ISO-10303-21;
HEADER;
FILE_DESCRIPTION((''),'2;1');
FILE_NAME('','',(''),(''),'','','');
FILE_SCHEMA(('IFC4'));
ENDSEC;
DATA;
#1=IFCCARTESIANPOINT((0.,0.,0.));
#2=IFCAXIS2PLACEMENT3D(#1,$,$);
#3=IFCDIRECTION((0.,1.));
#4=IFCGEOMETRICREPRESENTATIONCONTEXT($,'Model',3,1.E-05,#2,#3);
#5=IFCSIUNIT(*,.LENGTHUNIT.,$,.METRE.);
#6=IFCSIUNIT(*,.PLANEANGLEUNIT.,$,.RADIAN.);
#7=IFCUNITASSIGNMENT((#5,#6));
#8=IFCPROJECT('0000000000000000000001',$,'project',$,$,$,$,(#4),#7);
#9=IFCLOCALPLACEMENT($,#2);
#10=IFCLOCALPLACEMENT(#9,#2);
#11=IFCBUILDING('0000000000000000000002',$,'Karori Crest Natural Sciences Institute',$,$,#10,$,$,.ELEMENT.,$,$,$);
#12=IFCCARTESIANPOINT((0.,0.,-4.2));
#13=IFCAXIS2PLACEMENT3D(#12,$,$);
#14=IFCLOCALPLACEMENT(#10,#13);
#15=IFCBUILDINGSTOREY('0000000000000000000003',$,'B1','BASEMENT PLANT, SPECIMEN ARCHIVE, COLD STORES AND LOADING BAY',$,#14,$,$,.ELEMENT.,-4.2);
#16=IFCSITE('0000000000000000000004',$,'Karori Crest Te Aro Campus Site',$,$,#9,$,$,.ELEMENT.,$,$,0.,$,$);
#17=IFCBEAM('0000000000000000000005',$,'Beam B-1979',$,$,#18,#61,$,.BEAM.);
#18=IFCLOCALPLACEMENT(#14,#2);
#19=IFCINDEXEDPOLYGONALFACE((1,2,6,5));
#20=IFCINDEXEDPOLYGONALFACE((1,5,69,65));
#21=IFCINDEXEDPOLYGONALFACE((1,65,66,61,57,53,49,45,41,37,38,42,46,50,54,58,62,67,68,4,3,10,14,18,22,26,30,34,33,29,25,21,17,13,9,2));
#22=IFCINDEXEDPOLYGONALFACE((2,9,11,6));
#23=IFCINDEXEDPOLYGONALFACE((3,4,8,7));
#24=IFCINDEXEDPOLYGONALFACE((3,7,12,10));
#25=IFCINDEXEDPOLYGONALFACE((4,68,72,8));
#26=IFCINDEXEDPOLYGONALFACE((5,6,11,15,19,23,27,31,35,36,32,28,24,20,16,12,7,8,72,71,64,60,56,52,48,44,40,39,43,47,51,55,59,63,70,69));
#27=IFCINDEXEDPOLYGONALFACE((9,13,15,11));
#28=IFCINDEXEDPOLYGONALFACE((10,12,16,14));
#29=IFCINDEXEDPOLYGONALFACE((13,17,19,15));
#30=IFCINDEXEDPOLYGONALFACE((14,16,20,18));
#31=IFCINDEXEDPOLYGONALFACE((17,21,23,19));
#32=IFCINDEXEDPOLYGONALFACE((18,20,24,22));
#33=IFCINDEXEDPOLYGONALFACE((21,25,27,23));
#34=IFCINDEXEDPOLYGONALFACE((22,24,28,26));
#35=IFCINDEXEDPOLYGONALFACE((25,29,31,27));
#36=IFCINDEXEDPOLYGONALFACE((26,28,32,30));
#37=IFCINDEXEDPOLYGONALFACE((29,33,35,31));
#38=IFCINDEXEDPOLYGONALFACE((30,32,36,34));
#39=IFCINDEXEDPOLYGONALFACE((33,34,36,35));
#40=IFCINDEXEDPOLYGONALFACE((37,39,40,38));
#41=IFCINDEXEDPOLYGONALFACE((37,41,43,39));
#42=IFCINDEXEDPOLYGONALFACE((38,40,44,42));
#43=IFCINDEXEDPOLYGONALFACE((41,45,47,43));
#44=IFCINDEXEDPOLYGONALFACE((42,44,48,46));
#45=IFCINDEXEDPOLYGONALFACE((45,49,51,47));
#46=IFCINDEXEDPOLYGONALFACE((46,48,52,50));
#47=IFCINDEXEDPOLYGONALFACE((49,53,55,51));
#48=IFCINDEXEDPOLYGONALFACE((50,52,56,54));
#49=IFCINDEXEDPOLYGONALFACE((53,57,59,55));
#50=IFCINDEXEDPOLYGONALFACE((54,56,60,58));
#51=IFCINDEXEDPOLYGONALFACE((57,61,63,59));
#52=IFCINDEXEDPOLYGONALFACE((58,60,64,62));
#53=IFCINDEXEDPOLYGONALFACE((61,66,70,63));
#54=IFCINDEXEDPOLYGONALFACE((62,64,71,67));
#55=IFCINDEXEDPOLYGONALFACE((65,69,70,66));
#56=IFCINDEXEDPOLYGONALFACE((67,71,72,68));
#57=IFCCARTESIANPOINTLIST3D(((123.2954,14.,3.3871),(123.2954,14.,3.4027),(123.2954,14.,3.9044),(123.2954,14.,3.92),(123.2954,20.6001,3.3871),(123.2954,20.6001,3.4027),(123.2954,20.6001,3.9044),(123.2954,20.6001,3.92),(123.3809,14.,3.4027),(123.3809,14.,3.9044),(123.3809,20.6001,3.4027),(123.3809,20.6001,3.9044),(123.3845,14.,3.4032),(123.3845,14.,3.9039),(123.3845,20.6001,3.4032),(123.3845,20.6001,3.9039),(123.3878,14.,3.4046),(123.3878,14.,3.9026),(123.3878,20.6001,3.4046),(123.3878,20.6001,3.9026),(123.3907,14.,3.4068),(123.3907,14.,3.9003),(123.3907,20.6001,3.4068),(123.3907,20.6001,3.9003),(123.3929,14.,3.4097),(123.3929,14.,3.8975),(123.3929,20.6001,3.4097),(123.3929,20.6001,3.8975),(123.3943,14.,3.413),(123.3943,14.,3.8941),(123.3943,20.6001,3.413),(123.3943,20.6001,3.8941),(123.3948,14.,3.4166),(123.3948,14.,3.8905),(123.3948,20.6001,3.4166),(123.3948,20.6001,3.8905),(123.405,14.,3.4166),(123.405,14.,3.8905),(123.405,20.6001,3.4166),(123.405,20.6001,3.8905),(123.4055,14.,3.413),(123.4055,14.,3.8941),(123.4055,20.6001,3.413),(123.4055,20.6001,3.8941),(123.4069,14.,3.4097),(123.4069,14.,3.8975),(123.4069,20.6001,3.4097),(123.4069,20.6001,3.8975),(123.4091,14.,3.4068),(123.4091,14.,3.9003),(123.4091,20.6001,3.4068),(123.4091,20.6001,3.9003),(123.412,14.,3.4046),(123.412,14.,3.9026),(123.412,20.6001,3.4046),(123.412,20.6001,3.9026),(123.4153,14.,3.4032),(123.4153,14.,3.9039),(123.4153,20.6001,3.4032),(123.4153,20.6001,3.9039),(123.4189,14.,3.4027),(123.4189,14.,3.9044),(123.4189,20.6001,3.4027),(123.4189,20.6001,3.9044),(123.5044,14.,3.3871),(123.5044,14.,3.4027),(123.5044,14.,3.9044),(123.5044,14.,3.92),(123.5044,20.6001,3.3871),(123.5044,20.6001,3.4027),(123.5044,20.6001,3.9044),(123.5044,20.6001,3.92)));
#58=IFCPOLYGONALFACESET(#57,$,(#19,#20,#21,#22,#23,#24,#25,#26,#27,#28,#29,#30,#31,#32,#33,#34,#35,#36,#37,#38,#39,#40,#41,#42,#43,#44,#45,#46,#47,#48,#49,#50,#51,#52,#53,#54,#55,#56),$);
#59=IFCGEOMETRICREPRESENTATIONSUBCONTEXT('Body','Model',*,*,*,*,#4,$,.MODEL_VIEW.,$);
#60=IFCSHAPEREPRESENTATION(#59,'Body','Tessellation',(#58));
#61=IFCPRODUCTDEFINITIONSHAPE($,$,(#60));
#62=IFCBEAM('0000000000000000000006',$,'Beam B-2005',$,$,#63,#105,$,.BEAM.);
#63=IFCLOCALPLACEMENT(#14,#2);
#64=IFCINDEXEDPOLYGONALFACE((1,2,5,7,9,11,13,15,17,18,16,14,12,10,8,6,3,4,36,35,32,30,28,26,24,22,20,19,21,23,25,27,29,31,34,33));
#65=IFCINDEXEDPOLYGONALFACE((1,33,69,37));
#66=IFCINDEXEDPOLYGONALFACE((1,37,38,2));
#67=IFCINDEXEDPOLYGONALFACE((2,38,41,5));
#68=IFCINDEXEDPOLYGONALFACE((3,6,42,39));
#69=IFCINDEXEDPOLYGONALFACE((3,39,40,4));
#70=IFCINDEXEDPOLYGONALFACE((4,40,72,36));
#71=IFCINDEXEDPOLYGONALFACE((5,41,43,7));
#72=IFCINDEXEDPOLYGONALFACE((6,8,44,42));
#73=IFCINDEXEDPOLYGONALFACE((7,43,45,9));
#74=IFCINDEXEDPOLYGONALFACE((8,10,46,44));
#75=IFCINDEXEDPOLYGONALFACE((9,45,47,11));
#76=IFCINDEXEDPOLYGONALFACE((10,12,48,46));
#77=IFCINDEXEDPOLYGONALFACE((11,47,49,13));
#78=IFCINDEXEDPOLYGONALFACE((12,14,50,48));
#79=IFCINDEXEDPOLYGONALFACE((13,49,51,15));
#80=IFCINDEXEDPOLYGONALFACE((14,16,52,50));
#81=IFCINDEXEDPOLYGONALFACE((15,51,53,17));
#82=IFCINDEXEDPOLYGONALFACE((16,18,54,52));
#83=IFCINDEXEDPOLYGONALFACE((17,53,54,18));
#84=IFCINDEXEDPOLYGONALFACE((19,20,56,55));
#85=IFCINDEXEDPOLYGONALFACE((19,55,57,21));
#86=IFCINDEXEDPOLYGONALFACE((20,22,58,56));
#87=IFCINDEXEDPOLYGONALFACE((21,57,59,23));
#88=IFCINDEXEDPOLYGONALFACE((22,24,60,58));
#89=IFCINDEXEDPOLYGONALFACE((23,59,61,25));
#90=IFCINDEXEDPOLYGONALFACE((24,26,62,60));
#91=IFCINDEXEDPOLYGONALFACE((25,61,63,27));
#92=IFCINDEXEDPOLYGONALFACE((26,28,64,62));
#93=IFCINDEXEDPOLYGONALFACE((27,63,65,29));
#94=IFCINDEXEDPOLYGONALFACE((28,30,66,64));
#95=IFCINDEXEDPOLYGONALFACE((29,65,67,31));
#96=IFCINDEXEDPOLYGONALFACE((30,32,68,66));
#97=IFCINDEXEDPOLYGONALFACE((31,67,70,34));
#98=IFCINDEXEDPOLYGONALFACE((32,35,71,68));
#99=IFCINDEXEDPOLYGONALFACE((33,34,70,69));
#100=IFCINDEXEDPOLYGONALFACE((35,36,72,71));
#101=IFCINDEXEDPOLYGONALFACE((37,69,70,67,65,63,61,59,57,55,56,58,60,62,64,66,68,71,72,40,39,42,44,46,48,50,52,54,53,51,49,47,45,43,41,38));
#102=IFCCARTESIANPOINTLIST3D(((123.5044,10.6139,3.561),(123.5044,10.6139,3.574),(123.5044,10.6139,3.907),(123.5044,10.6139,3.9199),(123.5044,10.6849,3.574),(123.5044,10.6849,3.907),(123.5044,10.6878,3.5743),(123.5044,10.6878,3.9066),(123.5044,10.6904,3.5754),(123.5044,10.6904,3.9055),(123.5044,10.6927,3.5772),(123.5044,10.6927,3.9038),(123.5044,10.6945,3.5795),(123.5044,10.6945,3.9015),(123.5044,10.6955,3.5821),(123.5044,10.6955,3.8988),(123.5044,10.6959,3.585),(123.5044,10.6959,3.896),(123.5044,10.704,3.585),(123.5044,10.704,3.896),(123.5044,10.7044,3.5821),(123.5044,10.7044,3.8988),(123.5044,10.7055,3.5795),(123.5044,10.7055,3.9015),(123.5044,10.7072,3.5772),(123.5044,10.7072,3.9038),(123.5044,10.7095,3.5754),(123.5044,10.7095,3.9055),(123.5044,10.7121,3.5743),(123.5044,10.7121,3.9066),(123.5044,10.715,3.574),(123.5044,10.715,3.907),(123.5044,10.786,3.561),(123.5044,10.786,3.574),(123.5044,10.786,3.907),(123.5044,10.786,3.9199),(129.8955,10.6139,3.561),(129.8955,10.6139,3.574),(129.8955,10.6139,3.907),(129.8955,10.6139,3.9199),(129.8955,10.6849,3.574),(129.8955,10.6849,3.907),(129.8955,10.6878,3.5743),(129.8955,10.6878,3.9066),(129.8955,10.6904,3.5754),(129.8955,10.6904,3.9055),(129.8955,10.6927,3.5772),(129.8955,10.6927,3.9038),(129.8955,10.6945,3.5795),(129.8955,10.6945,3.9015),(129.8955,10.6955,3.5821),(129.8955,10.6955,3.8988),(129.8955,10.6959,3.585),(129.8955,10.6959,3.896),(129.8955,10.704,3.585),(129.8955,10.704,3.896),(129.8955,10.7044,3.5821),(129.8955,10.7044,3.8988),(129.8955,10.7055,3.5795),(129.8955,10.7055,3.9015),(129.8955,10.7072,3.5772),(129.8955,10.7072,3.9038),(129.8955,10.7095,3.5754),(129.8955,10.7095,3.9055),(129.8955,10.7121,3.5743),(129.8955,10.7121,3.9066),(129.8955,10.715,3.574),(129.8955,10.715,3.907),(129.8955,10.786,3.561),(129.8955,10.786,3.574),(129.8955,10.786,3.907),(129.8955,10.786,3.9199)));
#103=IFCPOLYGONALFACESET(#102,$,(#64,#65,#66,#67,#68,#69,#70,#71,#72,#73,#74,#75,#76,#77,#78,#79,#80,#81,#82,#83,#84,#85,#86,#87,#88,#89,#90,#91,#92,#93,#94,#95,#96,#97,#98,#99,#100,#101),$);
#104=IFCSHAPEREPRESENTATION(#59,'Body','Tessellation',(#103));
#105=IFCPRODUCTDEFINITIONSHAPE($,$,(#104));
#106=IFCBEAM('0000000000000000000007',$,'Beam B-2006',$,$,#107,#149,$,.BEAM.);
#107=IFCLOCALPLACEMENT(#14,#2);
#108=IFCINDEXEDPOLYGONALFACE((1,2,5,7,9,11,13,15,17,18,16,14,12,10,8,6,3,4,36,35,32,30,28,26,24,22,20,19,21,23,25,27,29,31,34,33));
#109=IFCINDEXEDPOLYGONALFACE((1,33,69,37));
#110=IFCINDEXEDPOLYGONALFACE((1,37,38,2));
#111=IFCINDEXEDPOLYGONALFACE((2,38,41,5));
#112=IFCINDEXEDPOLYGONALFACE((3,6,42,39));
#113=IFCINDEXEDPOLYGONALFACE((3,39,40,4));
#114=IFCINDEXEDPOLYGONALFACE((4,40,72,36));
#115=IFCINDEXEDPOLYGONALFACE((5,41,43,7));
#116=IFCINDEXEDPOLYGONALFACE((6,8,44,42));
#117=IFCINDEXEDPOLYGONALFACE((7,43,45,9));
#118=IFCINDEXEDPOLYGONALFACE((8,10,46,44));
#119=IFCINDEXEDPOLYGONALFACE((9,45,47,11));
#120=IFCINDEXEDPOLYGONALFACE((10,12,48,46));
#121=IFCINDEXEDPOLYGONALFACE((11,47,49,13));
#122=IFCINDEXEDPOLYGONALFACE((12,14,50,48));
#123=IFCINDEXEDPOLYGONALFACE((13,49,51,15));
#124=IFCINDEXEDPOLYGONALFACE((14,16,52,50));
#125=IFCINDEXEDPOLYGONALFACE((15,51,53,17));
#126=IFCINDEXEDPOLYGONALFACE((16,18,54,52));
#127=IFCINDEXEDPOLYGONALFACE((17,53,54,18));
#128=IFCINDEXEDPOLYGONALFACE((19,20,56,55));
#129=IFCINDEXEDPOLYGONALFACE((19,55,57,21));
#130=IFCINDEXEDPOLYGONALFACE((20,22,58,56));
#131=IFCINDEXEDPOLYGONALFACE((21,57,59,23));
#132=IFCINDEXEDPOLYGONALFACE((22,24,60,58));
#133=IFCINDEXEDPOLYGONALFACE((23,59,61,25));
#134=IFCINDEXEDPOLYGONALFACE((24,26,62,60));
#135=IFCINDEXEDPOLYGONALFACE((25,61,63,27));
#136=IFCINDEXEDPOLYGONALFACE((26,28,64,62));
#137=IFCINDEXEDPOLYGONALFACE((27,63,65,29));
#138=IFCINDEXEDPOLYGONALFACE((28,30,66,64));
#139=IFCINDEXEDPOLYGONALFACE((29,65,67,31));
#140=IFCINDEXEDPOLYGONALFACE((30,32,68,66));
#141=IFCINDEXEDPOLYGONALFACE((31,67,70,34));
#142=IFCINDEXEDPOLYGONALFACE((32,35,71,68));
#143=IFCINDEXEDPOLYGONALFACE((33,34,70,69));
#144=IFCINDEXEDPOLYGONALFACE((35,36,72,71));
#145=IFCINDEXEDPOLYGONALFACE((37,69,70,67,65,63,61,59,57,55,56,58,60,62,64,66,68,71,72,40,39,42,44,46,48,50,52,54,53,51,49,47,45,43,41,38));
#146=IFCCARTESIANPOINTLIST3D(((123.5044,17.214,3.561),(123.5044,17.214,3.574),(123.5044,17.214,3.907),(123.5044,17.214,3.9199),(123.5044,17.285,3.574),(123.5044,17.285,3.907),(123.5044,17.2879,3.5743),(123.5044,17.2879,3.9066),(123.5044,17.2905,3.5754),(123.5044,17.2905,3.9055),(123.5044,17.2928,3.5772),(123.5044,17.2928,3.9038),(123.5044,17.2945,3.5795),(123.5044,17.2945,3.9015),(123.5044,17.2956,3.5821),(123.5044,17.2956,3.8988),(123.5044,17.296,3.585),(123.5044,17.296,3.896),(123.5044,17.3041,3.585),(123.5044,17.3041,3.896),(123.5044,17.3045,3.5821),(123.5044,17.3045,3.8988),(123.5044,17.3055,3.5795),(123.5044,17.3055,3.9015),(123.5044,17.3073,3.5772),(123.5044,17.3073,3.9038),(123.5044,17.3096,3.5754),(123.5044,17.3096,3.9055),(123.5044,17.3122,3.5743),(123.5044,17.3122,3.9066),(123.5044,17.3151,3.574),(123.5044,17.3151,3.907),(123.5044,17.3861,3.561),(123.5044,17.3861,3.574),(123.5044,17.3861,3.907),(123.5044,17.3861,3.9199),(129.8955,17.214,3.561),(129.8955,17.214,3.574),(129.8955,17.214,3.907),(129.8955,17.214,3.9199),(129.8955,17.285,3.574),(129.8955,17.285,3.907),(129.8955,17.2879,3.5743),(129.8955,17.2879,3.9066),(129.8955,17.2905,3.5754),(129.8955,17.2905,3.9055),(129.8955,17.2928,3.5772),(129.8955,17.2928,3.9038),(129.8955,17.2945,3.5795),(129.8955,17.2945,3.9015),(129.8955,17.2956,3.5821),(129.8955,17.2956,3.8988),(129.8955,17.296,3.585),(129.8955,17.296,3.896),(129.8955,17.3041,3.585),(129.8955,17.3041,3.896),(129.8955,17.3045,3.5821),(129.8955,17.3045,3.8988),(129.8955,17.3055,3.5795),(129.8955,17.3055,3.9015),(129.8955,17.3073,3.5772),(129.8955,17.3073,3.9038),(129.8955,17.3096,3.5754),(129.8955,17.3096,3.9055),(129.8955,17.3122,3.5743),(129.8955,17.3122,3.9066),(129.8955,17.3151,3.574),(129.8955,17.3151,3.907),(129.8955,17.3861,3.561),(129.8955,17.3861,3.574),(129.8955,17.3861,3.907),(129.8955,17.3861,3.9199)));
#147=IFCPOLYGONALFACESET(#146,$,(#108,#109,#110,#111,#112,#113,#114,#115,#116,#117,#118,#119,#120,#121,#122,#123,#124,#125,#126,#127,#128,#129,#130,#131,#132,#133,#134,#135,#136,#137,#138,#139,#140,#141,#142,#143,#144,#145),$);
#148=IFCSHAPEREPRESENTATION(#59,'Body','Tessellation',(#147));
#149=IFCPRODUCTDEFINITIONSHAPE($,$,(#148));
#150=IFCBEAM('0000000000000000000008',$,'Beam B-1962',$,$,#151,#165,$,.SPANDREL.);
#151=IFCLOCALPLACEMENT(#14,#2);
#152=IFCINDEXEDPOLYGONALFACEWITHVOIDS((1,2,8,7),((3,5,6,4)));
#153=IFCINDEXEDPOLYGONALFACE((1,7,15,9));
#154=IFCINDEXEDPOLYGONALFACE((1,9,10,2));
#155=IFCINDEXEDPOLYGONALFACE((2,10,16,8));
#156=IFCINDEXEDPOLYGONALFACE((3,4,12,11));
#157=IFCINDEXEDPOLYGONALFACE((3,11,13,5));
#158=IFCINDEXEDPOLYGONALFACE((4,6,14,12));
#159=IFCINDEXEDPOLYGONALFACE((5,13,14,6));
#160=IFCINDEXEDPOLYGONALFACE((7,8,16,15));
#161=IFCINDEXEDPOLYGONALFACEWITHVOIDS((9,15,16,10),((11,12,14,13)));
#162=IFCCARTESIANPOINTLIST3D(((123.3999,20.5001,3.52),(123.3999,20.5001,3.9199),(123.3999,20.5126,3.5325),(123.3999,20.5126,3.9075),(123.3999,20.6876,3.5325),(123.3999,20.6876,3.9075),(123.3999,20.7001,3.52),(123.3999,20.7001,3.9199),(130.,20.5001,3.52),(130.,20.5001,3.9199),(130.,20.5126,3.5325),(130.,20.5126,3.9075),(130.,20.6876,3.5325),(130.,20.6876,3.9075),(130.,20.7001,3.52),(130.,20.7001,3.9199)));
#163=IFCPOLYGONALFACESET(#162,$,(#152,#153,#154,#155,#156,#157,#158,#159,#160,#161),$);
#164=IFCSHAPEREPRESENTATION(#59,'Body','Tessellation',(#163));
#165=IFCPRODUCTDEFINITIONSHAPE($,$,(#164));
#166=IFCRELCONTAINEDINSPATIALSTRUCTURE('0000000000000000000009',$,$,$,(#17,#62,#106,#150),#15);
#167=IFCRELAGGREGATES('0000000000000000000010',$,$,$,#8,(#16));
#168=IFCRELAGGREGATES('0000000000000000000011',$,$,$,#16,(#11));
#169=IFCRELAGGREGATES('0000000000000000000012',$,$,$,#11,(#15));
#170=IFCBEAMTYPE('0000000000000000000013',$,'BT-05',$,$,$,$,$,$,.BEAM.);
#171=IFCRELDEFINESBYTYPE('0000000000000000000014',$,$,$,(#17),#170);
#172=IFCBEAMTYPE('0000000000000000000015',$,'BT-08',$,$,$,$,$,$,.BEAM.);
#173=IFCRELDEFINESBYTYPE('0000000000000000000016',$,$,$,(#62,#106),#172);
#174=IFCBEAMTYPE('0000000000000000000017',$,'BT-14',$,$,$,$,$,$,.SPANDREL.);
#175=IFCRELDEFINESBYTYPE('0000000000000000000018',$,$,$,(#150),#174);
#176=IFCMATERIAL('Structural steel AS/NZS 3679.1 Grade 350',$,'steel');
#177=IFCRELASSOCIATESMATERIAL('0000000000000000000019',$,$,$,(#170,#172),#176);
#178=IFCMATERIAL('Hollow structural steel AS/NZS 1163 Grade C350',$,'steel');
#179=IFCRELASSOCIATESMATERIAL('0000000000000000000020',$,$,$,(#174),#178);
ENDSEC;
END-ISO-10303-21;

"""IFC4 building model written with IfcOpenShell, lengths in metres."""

from ifc_helpers import new_model, si_unit, direction, frame, origin, origin_2d, place, context, subcontext, project, spatial, hollow_rectangle, i_section, extrude, material, material_profile, profile_set, type_object, element, save


model = new_model("IFC4")

# Units and contexts
model_context = context("Model", 3, precision=1e-05, world=origin(), true_north=direction((0.0, 1.0)))
body_context = subcontext(model_context, "Body", "Model", "MODEL_VIEW")
ifc_project = project(units=[si_unit("LENGTHUNIT", "METRE"), si_unit("PLANEANGLEUNIT", "RADIAN")], contexts=[model_context])

# Site, building, storey
site_placement = place(None, origin())
site = spatial("IfcSite", under=ifc_project, at=site_placement, Name="Karori Crest Te Aro Campus Site", CompositionType="ELEMENT", RefElevation=0.0)
building_placement = place(site_placement, origin())
building = spatial("IfcBuilding", under=site, at=building_placement, Name="Karori Crest Natural Sciences Institute", CompositionType="ELEMENT")
storey_placement = place(building_placement, frame((0.0, 0.0, -4.2)))
storey = spatial("IfcBuildingStorey", under=building, at=storey_placement, Name="B1", Description="BASEMENT PLANT, SPECIMEN ARCHIVE, COLD STORES AND LOADING BAY", CompositionType="ELEMENT", Elevation=-4.2)

# Shared definitions
ifc_material_1 = material(Name="Structural steel AS/NZS 3679.1 Grade 350", Category="steel")

# Beams
ifc_material_profile_1 = material_profile(ifc_material_1, i_section(OverallWidth=0.209, OverallDepth=0.533, WebThickness=0.0103, FlangeThickness=0.0156, FilletRadius=0.0139, at=origin_2d()), Name="530UB92.4")
ifc_profile_set_1 = profile_set([ifc_material_profile_1], Name="Structural steel AS/NZS 3679.1 Grade 350")
beam_type_1 = type_object("IfcBeamType", Name="BT-05", PredefinedType="BEAM", material=ifc_profile_set_1)
beam_1_placement = place(storey_placement, frame((123.3999, 14.0, 3.6536), z_axis=(0.0, 1.0, 0.0), x_axis=(-1.0, 0.0, 0.0)))
element("IfcBeam", 1, at=beam_1_placement, inside=storey, type_object=beam_type_1, Name="Beam B-1979", PredefinedType="BEAM", context=body_context, shape_type="SweptSolid", body=[
    extrude(i_section(OverallWidth=0.209, OverallDepth=0.533, WebThickness=0.0103, FlangeThickness=0.0156, FilletRadius=0.0139, at=origin_2d()), origin(), (0.0, 0.0, 1.0), 6.6001),
])
ifc_material_profile_2 = material_profile(ifc_material_1, i_section(OverallWidth=0.1721, OverallDepth=0.3589, WebThickness=0.0081, FlangeThickness=0.0129, FilletRadius=0.011, at=origin_2d()), Name="360UB56.7")
ifc_profile_set_2 = profile_set([ifc_material_profile_2], Name="Structural steel AS/NZS 3679.1 Grade 350")
beam_type_2 = type_object("IfcBeamType", Name="BT-08", PredefinedType="BEAM", material=ifc_profile_set_2)
for number, where, z_axis, x_axis, name in (
    (2, (123.5044, 10.7, 3.7405), (1.0, 0.0, 0.0), (0.0, 1.0, 0.0), "Beam B-2005"),
    (3, (123.5044, 17.3, 3.7405), (1.0, 0.0, 0.0), (0.0, 1.0, 0.0), "Beam B-2006"),
):
    element("IfcBeam", number, at=place(storey_placement, frame(where, z_axis=z_axis, x_axis=x_axis)), inside=storey, type_object=beam_type_2, Name=name, PredefinedType="BEAM", context=body_context, shape_type="SweptSolid", body=[
        extrude(i_section(OverallWidth=0.1721, OverallDepth=0.3589, WebThickness=0.0081, FlangeThickness=0.0129, FilletRadius=0.011, at=origin_2d()), origin(), (0.0, 0.0, 1.0), 6.3911),
    ])
ifc_material_2 = material(Name="Hollow structural steel AS/NZS 1163 Grade C350", Category="steel")
ifc_material_profile_3 = material_profile(ifc_material_2, hollow_rectangle(XDim=0.2, YDim=0.3999, WallThickness=0.0125, at=origin_2d()), Name="RHS400x200x12.5")
ifc_profile_set_3 = profile_set([ifc_material_profile_3], Name="Hollow structural steel AS/NZS 1163 Grade C350")
beam_type_3 = type_object("IfcBeamType", Name="BT-14", PredefinedType="SPANDREL", material=ifc_profile_set_3)
beam_2_placement = place(storey_placement, frame((123.3999, 20.6001, 3.72), z_axis=(1.0, 0.0, 0.0), x_axis=(0.0, 1.0, 0.0)))
element("IfcBeam", 4, at=beam_2_placement, inside=storey, type_object=beam_type_3, Name="Beam B-1962", PredefinedType="SPANDREL", context=body_context, shape_type="SweptSolid", body=[
    extrude(hollow_rectangle(XDim=0.2, YDim=0.3999, WallThickness=0.0125, at=origin_2d()), origin(), (0.0, 0.0, 1.0), 6.6001),
])

save(model, "model.ifc")
